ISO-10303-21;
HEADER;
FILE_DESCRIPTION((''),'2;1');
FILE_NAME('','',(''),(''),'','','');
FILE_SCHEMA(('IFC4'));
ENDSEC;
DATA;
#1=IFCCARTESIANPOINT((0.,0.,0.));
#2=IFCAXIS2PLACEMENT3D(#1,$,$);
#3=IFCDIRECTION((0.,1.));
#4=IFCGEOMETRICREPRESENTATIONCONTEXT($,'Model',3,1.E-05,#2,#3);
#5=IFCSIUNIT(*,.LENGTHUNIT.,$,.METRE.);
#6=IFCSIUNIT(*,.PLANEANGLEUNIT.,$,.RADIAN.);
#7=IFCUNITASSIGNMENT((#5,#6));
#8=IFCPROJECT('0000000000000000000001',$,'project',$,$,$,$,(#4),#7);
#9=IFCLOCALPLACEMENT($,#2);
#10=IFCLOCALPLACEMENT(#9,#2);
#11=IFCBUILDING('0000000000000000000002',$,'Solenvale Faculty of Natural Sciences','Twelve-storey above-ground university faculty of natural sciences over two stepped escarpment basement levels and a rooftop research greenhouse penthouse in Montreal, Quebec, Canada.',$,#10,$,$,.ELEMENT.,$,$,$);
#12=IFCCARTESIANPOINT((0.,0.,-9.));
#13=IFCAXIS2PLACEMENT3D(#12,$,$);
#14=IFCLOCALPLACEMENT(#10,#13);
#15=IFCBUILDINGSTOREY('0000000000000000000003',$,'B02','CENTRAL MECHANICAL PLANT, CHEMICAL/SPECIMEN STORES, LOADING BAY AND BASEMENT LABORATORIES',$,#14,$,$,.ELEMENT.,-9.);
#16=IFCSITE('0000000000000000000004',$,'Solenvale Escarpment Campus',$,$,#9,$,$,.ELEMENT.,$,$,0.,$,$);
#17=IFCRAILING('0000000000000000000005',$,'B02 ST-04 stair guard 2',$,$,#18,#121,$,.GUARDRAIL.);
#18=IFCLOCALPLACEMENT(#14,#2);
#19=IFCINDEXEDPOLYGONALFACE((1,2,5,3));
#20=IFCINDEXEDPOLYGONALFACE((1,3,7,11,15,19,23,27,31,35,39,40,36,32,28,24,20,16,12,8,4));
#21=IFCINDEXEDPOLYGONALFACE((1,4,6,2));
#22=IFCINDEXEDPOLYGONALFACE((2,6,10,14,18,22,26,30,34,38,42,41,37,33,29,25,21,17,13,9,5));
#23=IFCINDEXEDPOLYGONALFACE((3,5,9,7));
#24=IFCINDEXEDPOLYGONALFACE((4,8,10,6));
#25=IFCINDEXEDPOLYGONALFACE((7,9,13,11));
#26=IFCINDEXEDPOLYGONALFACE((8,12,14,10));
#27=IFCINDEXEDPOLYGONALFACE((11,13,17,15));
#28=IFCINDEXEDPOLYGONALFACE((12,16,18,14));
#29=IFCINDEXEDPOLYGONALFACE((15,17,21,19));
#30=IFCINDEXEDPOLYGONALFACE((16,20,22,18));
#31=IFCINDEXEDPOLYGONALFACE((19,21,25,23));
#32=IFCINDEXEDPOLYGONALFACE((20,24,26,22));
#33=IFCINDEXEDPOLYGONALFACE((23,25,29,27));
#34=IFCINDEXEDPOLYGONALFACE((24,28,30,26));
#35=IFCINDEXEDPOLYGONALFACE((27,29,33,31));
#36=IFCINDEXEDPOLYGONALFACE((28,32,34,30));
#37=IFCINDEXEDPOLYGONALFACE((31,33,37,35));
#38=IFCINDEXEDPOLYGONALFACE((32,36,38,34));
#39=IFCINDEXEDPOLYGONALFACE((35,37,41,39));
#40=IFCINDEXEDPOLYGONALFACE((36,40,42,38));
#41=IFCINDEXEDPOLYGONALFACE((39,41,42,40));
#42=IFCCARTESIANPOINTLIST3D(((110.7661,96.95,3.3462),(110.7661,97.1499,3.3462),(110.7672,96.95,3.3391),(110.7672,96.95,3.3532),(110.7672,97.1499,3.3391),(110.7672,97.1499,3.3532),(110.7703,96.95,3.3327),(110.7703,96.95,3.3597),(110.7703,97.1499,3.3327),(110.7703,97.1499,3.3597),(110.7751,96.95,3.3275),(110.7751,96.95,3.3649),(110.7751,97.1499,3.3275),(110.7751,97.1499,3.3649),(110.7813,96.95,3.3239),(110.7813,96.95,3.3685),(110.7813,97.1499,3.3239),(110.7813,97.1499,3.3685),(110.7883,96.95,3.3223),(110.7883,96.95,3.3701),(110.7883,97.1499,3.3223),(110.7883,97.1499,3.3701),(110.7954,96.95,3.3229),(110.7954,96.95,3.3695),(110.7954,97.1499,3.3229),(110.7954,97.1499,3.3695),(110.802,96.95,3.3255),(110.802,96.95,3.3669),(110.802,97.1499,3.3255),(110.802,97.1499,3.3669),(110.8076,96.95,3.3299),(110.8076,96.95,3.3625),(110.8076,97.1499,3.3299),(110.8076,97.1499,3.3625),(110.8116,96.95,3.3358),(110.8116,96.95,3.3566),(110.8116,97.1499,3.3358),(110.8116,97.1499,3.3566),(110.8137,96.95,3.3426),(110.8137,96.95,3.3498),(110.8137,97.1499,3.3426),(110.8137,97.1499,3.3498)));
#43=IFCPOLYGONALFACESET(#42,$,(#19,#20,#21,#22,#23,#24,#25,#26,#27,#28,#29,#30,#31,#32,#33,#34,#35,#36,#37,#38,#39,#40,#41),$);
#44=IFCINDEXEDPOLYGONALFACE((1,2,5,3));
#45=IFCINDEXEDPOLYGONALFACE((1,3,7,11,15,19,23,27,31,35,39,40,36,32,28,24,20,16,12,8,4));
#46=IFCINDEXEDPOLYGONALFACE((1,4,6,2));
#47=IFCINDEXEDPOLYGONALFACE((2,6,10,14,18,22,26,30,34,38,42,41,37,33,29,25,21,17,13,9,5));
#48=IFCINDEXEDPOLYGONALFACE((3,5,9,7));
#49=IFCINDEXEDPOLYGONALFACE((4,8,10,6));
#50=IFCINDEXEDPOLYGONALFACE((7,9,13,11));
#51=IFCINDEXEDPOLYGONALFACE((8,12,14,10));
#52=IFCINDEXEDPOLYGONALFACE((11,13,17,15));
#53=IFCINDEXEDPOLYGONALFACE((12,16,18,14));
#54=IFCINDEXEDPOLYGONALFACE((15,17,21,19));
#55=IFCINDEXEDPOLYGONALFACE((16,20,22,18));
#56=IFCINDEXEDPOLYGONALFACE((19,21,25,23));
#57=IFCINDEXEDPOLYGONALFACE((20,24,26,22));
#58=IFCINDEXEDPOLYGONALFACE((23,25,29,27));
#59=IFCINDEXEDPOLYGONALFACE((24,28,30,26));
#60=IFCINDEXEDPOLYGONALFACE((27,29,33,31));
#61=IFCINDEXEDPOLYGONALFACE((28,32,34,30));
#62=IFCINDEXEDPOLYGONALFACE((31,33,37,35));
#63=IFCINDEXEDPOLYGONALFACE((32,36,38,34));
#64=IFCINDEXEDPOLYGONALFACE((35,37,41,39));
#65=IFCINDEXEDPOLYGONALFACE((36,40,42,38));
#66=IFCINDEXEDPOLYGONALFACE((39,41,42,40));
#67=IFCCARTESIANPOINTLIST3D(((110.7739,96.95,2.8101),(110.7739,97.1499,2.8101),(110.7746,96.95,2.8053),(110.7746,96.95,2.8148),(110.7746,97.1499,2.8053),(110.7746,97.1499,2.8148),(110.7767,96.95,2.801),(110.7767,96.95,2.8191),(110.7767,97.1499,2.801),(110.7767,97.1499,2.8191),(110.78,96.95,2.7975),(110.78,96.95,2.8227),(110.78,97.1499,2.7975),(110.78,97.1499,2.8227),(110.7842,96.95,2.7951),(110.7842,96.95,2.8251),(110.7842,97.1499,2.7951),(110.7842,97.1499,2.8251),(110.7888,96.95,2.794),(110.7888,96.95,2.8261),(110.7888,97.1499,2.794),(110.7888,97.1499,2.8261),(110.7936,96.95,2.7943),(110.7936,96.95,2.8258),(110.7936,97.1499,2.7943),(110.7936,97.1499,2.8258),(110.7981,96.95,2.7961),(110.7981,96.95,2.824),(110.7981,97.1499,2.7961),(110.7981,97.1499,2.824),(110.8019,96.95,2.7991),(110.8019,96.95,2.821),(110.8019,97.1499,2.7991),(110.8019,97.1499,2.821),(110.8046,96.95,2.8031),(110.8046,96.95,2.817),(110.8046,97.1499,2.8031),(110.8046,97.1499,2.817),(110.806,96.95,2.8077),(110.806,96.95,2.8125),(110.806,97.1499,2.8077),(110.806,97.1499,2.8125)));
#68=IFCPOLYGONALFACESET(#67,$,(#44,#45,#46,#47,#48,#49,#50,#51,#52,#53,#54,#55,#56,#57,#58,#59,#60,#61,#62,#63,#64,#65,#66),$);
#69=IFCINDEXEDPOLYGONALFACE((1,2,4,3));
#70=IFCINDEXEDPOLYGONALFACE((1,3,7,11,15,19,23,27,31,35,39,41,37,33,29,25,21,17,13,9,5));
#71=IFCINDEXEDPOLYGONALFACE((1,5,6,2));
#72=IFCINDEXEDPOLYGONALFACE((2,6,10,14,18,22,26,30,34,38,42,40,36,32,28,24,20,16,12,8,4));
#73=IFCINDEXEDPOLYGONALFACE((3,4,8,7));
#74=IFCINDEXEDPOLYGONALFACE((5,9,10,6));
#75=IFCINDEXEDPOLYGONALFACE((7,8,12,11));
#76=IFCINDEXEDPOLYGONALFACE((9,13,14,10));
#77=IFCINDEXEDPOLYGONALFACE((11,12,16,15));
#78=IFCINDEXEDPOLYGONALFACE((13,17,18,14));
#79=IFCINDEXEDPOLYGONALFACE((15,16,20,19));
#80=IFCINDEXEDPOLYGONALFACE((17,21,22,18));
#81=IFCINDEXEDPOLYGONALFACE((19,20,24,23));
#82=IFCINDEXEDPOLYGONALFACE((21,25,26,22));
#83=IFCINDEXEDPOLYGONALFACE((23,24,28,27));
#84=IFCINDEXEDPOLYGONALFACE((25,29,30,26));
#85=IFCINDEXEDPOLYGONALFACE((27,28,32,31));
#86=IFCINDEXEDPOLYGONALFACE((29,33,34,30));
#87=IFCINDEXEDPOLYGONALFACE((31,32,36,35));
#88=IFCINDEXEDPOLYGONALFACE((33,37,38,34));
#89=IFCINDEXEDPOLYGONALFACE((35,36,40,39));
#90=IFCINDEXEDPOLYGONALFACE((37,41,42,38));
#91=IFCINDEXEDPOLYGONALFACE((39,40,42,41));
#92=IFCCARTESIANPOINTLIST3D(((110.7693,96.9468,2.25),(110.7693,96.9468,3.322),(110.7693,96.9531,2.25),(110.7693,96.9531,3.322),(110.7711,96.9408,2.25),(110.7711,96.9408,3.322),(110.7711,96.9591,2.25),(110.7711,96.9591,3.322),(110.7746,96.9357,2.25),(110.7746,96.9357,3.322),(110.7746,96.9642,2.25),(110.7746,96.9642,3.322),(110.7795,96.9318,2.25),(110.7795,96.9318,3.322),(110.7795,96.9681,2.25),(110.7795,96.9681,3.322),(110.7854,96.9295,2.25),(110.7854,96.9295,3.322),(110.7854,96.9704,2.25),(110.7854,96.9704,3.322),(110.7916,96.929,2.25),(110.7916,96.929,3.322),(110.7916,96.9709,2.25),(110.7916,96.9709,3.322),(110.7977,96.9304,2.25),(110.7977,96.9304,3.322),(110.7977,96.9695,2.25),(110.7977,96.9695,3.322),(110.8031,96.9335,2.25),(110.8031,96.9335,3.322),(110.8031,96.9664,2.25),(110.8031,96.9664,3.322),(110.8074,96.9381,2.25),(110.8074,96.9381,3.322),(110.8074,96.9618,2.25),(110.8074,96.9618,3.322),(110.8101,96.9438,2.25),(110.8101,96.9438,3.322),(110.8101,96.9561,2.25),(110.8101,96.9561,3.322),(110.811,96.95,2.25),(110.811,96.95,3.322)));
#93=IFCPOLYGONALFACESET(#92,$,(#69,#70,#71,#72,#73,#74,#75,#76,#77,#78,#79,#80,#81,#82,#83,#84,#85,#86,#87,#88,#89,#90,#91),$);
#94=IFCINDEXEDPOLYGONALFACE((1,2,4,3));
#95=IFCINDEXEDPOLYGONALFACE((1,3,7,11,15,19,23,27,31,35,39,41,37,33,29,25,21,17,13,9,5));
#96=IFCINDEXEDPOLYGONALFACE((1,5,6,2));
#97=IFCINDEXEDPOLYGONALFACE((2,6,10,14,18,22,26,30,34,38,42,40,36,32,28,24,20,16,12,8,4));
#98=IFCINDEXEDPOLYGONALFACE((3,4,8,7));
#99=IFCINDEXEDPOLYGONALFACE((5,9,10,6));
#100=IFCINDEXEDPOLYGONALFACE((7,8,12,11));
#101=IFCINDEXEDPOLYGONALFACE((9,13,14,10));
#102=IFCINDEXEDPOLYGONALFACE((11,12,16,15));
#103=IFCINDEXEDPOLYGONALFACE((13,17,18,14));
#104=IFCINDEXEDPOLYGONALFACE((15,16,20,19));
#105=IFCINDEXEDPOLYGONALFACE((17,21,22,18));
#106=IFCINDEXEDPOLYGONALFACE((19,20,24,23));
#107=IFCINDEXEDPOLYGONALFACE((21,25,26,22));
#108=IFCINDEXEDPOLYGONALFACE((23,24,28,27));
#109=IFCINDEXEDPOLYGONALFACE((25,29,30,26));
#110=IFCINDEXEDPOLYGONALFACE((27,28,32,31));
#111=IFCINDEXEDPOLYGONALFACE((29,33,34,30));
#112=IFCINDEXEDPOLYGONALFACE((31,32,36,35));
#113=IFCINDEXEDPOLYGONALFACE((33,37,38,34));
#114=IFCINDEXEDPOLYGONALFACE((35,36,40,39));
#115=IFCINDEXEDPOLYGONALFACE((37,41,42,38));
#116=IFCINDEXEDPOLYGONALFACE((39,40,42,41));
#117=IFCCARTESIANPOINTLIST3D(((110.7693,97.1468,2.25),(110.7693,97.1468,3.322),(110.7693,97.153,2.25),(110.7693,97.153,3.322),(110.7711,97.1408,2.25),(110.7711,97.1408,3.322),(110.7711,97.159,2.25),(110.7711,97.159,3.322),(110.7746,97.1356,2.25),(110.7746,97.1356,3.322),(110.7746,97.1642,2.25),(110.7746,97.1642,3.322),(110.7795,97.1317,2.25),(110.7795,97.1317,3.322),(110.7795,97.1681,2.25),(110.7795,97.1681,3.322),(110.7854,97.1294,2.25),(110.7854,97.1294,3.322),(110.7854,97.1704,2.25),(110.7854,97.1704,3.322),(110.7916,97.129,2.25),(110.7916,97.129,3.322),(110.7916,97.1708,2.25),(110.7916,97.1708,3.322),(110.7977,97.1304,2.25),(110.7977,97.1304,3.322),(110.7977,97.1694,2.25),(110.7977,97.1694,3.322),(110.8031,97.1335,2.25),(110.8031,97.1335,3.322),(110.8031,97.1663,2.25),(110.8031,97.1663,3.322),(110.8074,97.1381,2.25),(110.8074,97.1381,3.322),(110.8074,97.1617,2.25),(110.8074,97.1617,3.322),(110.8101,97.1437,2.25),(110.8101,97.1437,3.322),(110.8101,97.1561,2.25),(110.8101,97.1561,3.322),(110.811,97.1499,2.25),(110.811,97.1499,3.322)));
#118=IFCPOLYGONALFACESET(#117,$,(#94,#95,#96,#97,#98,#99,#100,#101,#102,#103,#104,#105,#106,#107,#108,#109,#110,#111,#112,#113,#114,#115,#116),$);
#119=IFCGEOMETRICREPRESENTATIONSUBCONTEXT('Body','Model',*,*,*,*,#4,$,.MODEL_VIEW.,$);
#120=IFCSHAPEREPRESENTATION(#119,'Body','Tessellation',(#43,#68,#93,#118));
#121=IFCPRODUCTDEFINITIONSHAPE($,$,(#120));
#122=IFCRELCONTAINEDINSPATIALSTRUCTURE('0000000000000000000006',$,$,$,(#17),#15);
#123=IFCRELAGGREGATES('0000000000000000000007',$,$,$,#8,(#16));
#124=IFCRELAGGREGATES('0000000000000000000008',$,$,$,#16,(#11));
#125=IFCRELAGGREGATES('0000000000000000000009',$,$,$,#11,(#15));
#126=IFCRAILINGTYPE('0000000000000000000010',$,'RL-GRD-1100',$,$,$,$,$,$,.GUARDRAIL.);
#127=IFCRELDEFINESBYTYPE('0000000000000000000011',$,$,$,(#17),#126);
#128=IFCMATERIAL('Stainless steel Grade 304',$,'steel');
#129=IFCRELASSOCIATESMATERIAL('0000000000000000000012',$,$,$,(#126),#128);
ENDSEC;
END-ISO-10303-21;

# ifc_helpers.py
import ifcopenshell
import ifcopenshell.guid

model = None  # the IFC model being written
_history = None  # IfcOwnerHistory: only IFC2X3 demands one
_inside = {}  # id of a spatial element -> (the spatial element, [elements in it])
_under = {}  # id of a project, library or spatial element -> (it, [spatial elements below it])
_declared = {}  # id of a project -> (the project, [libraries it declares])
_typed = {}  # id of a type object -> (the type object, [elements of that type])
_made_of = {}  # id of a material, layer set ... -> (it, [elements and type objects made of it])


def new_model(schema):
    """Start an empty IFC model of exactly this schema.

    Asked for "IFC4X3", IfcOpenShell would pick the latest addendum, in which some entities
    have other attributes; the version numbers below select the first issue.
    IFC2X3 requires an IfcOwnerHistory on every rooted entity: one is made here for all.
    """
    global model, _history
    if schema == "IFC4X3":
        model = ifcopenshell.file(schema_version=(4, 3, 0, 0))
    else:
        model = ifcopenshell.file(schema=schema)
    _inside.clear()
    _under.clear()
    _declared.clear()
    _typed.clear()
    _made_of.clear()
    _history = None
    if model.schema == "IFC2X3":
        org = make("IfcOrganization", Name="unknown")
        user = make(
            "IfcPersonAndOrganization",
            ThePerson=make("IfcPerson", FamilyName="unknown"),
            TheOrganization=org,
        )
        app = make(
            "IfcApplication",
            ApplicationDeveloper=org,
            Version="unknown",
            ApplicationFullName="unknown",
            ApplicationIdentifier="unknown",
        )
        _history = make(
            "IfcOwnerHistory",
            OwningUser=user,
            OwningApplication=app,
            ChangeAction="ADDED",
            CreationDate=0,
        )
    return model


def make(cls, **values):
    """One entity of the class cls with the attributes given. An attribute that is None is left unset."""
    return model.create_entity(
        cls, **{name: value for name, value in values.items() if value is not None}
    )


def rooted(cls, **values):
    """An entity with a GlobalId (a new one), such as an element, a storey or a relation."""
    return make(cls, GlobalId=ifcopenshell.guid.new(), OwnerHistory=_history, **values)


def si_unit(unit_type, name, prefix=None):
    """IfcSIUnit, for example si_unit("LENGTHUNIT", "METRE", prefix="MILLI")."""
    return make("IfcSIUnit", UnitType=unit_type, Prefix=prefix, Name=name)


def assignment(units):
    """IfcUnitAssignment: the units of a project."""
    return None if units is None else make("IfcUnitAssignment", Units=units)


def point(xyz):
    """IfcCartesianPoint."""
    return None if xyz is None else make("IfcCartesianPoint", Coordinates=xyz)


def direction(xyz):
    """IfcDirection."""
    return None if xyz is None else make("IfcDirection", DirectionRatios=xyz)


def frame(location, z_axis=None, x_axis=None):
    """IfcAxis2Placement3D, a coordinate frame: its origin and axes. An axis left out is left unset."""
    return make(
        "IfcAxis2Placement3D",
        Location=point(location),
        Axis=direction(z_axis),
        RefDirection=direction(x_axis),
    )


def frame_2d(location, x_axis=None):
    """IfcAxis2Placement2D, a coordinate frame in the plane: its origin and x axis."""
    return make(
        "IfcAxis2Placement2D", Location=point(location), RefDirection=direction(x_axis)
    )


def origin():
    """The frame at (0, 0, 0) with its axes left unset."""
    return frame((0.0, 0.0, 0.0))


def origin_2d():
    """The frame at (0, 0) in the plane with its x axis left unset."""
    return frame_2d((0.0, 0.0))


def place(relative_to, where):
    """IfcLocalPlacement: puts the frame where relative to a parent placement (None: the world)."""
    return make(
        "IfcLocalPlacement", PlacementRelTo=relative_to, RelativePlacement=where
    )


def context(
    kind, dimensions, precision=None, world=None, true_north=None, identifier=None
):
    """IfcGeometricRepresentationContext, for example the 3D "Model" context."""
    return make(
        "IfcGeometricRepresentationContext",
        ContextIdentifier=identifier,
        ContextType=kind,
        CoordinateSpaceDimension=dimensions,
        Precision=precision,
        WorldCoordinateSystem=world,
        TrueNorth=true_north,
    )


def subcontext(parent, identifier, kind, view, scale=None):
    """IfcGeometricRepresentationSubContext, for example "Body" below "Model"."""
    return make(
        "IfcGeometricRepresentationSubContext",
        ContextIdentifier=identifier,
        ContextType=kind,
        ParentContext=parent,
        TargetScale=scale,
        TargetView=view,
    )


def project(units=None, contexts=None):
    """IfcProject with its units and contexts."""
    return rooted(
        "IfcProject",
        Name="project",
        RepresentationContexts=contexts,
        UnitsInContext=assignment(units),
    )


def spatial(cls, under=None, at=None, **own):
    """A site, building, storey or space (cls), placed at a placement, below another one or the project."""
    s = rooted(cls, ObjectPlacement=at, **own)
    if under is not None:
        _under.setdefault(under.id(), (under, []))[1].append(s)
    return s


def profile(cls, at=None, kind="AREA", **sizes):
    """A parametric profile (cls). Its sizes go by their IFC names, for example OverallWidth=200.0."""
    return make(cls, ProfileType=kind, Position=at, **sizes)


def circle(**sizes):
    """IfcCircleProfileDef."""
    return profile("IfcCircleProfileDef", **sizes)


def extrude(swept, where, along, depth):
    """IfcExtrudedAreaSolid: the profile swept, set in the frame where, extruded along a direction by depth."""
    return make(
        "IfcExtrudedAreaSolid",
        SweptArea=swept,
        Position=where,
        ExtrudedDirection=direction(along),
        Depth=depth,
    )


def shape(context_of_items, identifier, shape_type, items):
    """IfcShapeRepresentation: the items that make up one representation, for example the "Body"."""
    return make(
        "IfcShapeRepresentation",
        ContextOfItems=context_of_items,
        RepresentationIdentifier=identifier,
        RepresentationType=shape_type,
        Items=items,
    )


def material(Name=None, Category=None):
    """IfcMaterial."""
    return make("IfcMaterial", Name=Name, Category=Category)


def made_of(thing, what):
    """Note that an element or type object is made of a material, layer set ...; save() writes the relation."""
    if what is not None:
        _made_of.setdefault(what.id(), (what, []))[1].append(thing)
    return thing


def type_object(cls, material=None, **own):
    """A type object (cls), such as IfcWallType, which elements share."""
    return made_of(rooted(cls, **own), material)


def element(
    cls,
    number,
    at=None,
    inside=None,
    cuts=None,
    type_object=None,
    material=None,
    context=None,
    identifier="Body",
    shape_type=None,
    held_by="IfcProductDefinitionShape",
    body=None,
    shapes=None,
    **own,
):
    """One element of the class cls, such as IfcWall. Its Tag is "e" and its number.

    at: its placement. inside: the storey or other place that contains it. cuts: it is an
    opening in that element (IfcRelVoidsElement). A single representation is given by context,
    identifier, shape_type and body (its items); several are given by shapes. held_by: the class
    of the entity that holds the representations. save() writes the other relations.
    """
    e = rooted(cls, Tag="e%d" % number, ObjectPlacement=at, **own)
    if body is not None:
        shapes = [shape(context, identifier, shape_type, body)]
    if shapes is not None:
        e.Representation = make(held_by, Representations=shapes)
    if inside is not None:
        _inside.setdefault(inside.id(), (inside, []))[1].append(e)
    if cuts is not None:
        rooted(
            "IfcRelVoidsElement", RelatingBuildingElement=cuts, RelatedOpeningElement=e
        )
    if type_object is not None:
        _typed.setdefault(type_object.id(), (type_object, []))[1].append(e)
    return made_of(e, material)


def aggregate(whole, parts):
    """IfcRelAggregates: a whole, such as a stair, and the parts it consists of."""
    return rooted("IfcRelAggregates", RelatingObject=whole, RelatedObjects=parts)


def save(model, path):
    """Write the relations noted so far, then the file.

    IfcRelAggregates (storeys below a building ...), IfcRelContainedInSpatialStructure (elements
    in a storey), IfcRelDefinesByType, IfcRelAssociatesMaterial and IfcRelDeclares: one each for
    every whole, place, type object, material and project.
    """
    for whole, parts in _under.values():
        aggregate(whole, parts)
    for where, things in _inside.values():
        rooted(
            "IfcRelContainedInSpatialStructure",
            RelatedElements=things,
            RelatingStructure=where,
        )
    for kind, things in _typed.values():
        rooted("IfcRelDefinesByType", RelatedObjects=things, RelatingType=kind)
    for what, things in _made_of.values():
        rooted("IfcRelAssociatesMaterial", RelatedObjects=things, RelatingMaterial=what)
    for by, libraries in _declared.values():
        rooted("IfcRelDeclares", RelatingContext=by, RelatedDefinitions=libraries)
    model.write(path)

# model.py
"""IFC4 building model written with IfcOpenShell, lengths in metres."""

from ifc_helpers import new_model, si_unit, direction, frame, origin, origin_2d, place, context, subcontext, project, spatial, circle, extrude, material, type_object, element, save


model = new_model("IFC4")

# Units and contexts
model_context = context("Model", 3, precision=1e-05, world=origin(), true_north=direction((0.0, 1.0)))
body_context = subcontext(model_context, "Body", "Model", "MODEL_VIEW")
ifc_project = project(units=[si_unit("LENGTHUNIT", "METRE"), si_unit("PLANEANGLEUNIT", "RADIAN")], contexts=[model_context])

# Site, building, storey
site_placement = place(None, origin())
site = spatial("IfcSite", under=ifc_project, at=site_placement, Name="Solenvale Escarpment Campus", CompositionType="ELEMENT", RefElevation=0.0)
building_placement = place(site_placement, origin())
building = spatial("IfcBuilding", under=site, at=building_placement, Name="Solenvale Faculty of Natural Sciences", Description="Twelve-storey above-ground university faculty of natural sciences over two stepped escarpment basement levels and a rooftop research greenhouse penthouse in Montreal, Quebec, Canada.", CompositionType="ELEMENT")
storey_placement = place(building_placement, frame((0.0, 0.0, -9.0)))
storey = spatial("IfcBuildingStorey", under=building, at=storey_placement, Name="B02", Description="CENTRAL MECHANICAL PLANT, CHEMICAL/SPECIMEN STORES, LOADING BAY AND BASEMENT LABORATORIES", CompositionType="ELEMENT", Elevation=-9.0)

# Railing
ifc_material_1 = material(Name="Stainless steel Grade 304", Category="steel")
railing_type_1 = type_object("IfcRailingType", Name="RL-GRD-1100", PredefinedType="GUARDRAIL", material=ifc_material_1)
railing_1_placement = place(storey_placement, frame((110.79, 96.95, 2.25)))
element("IfcRailing", 1, at=railing_1_placement, inside=storey, type_object=railing_type_1, Name="B02 ST-04 stair guard 2", PredefinedType="GUARDRAIL", context=body_context, shape_type="SweptSolid", body=[
    extrude(circle(Radius=0.0239, at=origin_2d()), frame((0.0, 0.0, 1.0962), z_axis=(0.0, 1.0, 0.0), x_axis=(-1.0, 0.0, 0.0)), (0.0, 0.0, 1.0), 0.2),
    extrude(circle(Radius=0.0161, at=origin_2d()), frame((0.0, 0.0, 0.5601), z_axis=(0.0, 1.0, 0.0), x_axis=(-1.0, 0.0, 0.0)), (0.0, 0.0, 1.0), 0.2),
    extrude(circle(Radius=0.021, at=origin_2d()), origin(), (0.0, 0.0, 1.0), 1.072),
    extrude(circle(Radius=0.021, at=origin_2d()), frame((0.0, 0.2, 0.0)), (0.0, 0.0, 1.0), 1.072),
])

save(model, "model.ifc")
